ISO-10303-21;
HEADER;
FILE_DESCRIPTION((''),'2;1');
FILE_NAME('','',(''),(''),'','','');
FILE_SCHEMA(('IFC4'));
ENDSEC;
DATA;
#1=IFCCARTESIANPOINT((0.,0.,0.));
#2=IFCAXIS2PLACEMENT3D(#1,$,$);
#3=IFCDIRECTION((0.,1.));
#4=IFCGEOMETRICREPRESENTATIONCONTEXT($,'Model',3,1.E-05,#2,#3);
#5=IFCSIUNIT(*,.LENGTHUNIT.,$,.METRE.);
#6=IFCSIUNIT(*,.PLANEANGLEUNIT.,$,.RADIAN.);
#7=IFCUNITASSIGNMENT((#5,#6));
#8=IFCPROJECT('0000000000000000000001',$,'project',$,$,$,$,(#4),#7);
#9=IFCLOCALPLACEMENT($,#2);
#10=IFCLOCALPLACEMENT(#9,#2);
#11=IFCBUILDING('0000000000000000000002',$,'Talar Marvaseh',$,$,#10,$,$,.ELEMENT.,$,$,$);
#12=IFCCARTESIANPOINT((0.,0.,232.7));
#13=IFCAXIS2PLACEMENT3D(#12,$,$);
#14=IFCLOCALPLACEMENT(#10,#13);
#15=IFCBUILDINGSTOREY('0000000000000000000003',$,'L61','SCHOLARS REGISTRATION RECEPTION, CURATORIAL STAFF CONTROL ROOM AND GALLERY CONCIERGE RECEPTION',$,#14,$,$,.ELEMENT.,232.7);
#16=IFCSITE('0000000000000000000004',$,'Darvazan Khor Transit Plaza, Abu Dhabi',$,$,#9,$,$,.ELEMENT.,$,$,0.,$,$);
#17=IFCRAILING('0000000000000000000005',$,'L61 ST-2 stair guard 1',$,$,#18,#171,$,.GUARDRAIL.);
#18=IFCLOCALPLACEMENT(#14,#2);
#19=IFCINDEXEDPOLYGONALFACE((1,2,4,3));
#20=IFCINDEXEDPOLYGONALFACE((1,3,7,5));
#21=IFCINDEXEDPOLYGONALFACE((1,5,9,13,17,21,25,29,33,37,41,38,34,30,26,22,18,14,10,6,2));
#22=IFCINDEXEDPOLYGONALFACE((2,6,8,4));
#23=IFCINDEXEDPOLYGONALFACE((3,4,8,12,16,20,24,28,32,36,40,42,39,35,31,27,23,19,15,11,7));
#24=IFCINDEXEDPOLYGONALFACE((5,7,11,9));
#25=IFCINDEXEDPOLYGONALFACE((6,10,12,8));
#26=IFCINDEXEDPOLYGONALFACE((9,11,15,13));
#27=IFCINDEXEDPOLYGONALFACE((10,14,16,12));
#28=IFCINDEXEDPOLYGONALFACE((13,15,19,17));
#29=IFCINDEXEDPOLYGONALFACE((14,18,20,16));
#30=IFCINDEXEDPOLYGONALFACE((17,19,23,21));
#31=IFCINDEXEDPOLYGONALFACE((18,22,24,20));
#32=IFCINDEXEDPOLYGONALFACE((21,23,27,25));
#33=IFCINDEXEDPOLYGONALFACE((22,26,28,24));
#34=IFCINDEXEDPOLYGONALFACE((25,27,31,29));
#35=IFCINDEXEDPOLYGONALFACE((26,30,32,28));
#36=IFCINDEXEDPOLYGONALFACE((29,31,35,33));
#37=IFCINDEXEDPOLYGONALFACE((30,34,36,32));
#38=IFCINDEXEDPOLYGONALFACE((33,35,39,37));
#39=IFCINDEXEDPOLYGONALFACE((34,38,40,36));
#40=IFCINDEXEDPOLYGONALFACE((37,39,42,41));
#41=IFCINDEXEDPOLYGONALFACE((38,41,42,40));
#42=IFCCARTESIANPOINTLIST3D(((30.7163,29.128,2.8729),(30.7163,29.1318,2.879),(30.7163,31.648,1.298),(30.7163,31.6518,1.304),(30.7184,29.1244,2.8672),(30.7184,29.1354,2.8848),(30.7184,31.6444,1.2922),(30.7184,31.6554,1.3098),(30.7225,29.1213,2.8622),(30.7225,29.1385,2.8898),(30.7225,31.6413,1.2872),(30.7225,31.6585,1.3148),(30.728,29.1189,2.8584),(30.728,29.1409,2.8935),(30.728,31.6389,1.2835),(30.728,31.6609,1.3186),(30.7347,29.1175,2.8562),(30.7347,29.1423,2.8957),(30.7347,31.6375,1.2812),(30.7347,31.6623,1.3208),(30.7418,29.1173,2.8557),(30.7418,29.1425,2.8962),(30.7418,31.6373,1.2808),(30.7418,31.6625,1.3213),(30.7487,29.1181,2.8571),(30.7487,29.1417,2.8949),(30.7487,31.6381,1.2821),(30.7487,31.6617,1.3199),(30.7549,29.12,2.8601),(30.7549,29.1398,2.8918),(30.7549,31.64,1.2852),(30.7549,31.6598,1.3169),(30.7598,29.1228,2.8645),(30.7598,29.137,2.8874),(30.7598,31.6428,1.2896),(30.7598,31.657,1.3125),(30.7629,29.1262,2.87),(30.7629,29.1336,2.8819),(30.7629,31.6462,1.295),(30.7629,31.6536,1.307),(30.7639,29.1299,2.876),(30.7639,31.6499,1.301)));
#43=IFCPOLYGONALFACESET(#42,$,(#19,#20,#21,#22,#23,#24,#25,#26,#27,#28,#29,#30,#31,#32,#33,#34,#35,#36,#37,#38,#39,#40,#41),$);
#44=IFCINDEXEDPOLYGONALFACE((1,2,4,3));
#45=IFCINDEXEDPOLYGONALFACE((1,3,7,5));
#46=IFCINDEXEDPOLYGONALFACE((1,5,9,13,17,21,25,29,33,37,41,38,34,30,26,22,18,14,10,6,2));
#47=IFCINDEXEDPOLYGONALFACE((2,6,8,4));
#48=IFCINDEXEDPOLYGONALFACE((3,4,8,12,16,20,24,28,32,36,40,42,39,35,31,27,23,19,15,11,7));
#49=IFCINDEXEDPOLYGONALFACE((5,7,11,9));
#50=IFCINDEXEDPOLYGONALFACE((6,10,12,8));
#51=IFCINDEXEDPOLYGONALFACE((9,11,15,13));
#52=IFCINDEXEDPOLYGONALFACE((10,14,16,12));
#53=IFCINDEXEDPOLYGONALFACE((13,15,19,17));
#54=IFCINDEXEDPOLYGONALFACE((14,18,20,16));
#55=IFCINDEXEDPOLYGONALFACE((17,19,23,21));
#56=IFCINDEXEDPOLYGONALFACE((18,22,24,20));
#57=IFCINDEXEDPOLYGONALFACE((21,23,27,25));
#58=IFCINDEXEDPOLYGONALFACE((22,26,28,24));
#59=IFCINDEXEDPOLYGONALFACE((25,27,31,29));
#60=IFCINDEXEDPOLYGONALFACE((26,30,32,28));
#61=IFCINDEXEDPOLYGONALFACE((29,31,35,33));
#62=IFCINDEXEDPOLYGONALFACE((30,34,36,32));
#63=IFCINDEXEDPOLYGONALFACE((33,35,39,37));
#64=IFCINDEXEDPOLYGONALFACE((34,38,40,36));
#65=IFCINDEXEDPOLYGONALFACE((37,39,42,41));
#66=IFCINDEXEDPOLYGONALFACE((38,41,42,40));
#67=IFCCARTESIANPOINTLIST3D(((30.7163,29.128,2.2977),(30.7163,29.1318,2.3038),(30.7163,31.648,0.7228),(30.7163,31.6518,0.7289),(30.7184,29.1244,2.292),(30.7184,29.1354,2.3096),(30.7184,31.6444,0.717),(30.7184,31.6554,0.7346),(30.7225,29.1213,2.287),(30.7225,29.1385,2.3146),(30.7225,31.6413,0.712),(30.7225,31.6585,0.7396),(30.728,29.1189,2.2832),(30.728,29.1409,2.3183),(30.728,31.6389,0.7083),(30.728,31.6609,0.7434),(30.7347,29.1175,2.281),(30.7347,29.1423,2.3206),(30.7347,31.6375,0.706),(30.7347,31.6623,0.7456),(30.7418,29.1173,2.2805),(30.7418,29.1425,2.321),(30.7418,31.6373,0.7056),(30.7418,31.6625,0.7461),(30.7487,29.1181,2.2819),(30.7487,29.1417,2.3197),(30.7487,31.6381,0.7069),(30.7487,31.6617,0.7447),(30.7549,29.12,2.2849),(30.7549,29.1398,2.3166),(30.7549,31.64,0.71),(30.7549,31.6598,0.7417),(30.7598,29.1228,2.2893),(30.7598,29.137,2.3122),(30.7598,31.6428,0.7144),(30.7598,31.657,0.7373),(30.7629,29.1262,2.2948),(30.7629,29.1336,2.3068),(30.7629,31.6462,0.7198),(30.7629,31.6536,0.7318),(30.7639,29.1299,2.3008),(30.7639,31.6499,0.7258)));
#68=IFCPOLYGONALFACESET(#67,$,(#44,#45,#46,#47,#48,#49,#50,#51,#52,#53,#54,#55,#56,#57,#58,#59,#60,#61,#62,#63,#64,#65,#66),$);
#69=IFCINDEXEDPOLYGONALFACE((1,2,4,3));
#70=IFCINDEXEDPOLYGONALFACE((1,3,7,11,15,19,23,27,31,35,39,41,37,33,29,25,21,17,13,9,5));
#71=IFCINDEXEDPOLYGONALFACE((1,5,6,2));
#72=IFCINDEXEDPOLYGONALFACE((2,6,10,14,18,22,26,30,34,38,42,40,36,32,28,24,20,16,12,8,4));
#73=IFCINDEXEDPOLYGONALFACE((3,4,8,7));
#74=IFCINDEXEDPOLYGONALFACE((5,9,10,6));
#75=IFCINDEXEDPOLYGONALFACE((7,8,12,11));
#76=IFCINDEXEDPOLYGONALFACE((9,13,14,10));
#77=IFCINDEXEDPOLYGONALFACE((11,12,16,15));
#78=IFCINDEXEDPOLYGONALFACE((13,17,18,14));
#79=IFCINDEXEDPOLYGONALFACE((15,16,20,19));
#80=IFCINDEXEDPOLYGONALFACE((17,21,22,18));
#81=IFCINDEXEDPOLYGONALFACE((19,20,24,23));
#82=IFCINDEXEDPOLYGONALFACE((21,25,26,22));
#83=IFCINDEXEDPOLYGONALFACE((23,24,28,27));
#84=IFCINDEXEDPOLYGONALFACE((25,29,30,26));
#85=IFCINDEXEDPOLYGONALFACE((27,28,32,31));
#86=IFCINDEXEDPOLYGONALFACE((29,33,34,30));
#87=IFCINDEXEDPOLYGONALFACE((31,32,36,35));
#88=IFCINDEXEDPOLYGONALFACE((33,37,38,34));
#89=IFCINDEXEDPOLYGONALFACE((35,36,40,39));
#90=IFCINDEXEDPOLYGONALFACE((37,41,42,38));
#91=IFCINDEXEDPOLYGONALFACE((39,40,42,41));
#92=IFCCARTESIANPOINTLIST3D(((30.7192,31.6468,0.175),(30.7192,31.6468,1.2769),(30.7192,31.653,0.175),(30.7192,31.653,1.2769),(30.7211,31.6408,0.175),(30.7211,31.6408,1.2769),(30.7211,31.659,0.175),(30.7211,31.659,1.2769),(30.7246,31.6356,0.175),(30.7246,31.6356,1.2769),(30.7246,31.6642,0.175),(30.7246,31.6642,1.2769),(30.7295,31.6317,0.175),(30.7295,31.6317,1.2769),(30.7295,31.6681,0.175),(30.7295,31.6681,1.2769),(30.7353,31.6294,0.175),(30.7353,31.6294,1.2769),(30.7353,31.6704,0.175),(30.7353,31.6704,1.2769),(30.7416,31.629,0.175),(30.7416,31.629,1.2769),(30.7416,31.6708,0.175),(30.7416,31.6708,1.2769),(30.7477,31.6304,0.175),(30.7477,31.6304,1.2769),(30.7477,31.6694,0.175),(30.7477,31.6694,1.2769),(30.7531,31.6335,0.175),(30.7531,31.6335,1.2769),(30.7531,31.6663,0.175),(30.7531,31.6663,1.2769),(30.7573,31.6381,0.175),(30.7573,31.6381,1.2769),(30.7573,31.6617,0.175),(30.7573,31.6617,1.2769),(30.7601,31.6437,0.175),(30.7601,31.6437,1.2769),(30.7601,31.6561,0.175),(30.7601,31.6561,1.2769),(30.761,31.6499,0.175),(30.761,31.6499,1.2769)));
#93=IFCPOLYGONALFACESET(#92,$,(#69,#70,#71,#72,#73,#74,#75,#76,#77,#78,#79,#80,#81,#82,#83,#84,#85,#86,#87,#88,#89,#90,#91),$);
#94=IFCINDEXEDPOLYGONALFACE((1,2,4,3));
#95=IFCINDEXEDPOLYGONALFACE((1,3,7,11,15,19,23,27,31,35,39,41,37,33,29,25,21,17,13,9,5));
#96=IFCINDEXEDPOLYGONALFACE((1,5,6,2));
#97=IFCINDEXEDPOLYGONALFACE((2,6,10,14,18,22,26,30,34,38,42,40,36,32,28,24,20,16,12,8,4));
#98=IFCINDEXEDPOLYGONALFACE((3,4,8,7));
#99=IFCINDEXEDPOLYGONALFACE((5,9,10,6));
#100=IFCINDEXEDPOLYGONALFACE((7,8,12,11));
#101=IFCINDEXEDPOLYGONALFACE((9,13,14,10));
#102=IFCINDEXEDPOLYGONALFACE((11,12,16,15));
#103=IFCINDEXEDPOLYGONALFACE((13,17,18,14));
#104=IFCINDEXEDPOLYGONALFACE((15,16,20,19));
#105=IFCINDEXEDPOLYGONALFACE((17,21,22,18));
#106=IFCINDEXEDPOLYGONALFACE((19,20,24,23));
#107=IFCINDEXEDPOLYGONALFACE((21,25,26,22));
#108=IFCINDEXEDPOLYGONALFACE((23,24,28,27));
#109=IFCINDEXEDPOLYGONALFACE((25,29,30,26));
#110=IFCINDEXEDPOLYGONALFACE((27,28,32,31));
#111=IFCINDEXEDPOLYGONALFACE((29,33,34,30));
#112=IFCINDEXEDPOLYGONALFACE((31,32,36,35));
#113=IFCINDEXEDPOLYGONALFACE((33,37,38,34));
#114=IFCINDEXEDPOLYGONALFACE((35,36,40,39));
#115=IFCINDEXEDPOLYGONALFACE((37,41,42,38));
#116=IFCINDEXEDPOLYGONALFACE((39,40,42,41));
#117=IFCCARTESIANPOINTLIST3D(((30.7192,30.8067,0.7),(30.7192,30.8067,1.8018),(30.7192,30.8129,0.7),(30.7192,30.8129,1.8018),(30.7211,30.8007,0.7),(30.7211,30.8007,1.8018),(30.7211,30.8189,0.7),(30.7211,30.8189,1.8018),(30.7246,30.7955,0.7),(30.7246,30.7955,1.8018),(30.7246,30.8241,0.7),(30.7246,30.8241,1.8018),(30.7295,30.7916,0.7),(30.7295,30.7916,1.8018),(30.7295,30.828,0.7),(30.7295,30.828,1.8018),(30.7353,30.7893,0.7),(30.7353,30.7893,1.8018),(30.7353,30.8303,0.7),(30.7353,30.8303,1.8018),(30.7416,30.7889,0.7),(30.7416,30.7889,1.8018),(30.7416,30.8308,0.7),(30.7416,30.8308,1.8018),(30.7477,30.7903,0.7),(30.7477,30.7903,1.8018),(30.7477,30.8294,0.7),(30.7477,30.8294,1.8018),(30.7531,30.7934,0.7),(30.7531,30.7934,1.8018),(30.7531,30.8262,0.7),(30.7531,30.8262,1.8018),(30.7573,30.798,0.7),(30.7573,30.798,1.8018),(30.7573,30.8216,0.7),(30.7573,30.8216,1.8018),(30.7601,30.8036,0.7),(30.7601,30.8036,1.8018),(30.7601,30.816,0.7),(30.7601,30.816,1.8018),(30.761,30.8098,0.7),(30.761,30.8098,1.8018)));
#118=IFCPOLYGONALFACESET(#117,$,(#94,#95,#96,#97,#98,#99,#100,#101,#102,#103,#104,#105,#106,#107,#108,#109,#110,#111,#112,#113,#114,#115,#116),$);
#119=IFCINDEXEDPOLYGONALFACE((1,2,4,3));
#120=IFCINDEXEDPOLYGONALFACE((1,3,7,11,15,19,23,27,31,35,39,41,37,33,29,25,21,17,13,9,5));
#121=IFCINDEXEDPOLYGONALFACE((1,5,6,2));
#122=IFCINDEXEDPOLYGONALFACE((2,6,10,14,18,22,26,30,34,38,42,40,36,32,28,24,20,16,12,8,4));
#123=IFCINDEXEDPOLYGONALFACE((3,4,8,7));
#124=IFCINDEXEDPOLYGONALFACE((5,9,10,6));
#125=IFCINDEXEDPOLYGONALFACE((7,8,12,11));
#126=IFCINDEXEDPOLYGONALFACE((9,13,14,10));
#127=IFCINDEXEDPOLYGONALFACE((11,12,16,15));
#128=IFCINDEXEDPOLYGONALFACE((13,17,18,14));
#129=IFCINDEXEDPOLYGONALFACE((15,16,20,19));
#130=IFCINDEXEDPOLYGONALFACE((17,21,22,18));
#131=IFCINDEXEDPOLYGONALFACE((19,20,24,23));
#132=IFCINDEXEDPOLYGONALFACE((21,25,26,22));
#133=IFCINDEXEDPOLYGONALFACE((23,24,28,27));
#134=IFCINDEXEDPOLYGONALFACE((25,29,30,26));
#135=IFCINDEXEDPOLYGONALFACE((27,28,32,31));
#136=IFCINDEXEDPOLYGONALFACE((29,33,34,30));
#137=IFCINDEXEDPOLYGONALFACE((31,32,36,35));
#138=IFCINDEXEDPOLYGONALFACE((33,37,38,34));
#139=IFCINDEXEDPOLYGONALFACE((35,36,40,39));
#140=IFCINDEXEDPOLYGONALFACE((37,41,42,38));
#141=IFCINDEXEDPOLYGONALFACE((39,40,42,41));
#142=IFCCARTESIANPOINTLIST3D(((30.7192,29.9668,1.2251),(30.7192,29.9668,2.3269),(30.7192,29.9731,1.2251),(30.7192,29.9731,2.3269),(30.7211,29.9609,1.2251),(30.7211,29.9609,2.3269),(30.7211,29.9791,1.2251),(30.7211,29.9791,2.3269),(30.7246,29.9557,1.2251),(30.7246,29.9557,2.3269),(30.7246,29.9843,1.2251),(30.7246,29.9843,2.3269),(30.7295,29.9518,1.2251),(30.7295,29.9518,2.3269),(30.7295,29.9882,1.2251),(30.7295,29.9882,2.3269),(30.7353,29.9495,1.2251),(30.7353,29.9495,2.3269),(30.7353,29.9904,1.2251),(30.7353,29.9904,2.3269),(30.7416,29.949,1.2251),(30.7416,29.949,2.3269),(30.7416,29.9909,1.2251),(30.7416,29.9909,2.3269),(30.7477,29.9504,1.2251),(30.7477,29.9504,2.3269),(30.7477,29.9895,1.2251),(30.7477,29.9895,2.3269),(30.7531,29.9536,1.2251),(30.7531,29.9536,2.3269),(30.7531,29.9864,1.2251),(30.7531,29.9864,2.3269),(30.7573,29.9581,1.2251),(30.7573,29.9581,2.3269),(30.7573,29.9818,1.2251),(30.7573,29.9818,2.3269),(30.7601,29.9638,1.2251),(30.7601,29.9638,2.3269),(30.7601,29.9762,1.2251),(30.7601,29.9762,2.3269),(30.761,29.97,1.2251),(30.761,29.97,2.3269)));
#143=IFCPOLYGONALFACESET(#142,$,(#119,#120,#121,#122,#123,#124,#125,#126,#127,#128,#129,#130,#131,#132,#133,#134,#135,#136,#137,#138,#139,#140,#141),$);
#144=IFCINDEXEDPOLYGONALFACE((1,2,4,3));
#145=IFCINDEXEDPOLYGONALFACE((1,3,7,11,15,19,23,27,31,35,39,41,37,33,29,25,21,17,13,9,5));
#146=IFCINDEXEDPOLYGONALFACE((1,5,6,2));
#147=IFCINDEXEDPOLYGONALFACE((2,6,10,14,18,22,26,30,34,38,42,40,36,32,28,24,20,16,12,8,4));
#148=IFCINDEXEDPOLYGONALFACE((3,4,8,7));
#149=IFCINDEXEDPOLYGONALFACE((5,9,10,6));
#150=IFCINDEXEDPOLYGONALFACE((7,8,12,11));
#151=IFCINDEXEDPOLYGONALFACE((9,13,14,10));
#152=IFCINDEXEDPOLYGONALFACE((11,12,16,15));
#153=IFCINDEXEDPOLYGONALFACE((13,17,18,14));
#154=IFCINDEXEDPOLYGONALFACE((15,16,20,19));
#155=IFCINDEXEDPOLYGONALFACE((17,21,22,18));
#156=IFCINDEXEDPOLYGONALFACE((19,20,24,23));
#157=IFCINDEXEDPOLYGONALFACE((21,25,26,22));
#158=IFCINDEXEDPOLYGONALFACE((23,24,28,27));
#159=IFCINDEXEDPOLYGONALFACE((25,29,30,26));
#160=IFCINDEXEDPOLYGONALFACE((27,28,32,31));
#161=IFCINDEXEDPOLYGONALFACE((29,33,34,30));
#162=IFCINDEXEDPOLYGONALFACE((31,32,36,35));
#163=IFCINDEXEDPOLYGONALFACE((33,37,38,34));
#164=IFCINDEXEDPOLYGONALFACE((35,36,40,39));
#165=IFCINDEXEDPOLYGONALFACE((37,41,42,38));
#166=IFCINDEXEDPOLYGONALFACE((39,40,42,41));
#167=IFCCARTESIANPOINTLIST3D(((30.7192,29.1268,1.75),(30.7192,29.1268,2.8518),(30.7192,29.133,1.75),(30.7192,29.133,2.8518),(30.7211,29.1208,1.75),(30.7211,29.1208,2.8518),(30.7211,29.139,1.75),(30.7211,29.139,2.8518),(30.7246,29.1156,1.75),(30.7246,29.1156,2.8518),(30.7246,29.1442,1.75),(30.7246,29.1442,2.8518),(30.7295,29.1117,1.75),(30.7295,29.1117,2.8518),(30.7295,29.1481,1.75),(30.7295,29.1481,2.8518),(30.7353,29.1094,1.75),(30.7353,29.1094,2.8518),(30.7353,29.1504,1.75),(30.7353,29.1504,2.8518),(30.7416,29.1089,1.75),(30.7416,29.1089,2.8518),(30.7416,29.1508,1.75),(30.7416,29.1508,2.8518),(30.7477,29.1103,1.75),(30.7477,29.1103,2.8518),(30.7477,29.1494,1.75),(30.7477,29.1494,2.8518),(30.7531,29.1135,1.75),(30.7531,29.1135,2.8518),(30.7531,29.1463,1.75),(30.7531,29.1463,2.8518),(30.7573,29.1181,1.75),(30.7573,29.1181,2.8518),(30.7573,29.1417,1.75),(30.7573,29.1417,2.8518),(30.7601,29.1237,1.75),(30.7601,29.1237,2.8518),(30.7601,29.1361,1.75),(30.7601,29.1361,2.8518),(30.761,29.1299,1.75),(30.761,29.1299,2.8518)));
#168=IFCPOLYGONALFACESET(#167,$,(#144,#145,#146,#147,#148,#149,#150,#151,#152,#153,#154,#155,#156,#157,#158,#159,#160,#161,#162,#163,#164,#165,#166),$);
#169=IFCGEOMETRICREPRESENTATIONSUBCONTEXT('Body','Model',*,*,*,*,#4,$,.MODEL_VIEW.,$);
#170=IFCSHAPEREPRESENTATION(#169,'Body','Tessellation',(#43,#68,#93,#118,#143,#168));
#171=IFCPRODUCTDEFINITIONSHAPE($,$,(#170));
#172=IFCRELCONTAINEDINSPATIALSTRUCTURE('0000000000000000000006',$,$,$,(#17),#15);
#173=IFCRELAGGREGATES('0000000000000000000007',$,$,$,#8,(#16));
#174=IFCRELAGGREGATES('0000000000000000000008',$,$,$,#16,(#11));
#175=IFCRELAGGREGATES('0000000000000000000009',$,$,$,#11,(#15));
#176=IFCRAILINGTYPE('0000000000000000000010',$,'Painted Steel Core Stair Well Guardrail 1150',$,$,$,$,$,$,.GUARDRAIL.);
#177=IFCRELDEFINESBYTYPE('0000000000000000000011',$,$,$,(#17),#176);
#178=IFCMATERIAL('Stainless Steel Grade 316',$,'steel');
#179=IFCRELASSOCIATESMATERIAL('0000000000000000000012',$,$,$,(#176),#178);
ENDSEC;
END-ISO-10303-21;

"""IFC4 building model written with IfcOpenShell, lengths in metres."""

from ifc_helpers import new_model, si_unit, direction, frame, origin, origin_2d, place, context, subcontext, project, spatial, circle, extrude, material, type_object, element, save


model = new_model("IFC4")

# Units and contexts
model_context = context("Model", 3, precision=1e-05, world=origin(), true_north=direction((0.0, 1.0)))
body_context = subcontext(model_context, "Body", "Model", "MODEL_VIEW")
ifc_project = project(units=[si_unit("LENGTHUNIT", "METRE"), si_unit("PLANEANGLEUNIT", "RADIAN")], contexts=[model_context])

# Site, building, storey
site_placement = place(None, origin())
site = spatial("IfcSite", under=ifc_project, at=site_placement, Name="Darvazan Khor Transit Plaza, Abu Dhabi", CompositionType="ELEMENT", RefElevation=0.0)
building_placement = place(site_placement, origin())
building = spatial("IfcBuilding", under=site, at=building_placement, Name="Talar Marvaseh", CompositionType="ELEMENT")
storey_placement = place(building_placement, frame((0.0, 0.0, 232.7)))
storey = spatial("IfcBuildingStorey", under=building, at=storey_placement, Name="L61", Description="SCHOLARS REGISTRATION RECEPTION, CURATORIAL STAFF CONTROL ROOM AND GALLERY CONCIERGE RECEPTION", CompositionType="ELEMENT", Elevation=232.7)

# Shared definitions
ifc_material_1 = material(Name="Stainless Steel Grade 316", Category="steel")

# Railing
railing_type_1 = type_object("IfcRailingType", Name="Painted Steel Core Stair Well Guardrail 1150", PredefinedType="GUARDRAIL", material=ifc_material_1)
railing_1_placement = place(storey_placement, frame((30.74, 31.6499, 0.175)))
element("IfcRailing", 1, at=railing_1_placement, inside=storey, type_object=railing_type_1, Name="L61 ST-2 stair guard 1", PredefinedType="GUARDRAIL", context=body_context, shape_type="SweptSolid", body=[
    extrude(circle(Radius=0.0239, at=origin_2d()), frame((0.0, 0.0, 1.126), z_axis=(0.0, -0.848008, 0.529984), x_axis=(1.0, 0.0, 0.0)), (0.0, 0.0, 1.0), 2.9717),
    extrude(circle(Radius=0.0239, at=origin_2d()), frame((0.0, 0.0, 0.5508), z_axis=(0.0, -0.848008, 0.529984), x_axis=(1.0, 0.0, 0.0)), (0.0, 0.0, 1.0), 2.9717),
    extrude(circle(Radius=0.021, at=origin_2d()), origin(), (0.0, 0.0, 1.0), 1.1018),
    extrude(circle(Radius=0.021, at=origin_2d()), frame((0.0, -0.8401, 0.5249)), (0.0, 0.0, 1.0), 1.1018),
    extrude(circle(Radius=0.021, at=origin_2d()), frame((0.0, -1.6799, 1.05)), (0.0, 0.0, 1.0), 1.1018),
    extrude(circle(Radius=0.021, at=origin_2d()), frame((0.0, -2.52, 1.575)), (0.0, 0.0, 1.0), 1.1018),
])

save(model, "model.ifc")
